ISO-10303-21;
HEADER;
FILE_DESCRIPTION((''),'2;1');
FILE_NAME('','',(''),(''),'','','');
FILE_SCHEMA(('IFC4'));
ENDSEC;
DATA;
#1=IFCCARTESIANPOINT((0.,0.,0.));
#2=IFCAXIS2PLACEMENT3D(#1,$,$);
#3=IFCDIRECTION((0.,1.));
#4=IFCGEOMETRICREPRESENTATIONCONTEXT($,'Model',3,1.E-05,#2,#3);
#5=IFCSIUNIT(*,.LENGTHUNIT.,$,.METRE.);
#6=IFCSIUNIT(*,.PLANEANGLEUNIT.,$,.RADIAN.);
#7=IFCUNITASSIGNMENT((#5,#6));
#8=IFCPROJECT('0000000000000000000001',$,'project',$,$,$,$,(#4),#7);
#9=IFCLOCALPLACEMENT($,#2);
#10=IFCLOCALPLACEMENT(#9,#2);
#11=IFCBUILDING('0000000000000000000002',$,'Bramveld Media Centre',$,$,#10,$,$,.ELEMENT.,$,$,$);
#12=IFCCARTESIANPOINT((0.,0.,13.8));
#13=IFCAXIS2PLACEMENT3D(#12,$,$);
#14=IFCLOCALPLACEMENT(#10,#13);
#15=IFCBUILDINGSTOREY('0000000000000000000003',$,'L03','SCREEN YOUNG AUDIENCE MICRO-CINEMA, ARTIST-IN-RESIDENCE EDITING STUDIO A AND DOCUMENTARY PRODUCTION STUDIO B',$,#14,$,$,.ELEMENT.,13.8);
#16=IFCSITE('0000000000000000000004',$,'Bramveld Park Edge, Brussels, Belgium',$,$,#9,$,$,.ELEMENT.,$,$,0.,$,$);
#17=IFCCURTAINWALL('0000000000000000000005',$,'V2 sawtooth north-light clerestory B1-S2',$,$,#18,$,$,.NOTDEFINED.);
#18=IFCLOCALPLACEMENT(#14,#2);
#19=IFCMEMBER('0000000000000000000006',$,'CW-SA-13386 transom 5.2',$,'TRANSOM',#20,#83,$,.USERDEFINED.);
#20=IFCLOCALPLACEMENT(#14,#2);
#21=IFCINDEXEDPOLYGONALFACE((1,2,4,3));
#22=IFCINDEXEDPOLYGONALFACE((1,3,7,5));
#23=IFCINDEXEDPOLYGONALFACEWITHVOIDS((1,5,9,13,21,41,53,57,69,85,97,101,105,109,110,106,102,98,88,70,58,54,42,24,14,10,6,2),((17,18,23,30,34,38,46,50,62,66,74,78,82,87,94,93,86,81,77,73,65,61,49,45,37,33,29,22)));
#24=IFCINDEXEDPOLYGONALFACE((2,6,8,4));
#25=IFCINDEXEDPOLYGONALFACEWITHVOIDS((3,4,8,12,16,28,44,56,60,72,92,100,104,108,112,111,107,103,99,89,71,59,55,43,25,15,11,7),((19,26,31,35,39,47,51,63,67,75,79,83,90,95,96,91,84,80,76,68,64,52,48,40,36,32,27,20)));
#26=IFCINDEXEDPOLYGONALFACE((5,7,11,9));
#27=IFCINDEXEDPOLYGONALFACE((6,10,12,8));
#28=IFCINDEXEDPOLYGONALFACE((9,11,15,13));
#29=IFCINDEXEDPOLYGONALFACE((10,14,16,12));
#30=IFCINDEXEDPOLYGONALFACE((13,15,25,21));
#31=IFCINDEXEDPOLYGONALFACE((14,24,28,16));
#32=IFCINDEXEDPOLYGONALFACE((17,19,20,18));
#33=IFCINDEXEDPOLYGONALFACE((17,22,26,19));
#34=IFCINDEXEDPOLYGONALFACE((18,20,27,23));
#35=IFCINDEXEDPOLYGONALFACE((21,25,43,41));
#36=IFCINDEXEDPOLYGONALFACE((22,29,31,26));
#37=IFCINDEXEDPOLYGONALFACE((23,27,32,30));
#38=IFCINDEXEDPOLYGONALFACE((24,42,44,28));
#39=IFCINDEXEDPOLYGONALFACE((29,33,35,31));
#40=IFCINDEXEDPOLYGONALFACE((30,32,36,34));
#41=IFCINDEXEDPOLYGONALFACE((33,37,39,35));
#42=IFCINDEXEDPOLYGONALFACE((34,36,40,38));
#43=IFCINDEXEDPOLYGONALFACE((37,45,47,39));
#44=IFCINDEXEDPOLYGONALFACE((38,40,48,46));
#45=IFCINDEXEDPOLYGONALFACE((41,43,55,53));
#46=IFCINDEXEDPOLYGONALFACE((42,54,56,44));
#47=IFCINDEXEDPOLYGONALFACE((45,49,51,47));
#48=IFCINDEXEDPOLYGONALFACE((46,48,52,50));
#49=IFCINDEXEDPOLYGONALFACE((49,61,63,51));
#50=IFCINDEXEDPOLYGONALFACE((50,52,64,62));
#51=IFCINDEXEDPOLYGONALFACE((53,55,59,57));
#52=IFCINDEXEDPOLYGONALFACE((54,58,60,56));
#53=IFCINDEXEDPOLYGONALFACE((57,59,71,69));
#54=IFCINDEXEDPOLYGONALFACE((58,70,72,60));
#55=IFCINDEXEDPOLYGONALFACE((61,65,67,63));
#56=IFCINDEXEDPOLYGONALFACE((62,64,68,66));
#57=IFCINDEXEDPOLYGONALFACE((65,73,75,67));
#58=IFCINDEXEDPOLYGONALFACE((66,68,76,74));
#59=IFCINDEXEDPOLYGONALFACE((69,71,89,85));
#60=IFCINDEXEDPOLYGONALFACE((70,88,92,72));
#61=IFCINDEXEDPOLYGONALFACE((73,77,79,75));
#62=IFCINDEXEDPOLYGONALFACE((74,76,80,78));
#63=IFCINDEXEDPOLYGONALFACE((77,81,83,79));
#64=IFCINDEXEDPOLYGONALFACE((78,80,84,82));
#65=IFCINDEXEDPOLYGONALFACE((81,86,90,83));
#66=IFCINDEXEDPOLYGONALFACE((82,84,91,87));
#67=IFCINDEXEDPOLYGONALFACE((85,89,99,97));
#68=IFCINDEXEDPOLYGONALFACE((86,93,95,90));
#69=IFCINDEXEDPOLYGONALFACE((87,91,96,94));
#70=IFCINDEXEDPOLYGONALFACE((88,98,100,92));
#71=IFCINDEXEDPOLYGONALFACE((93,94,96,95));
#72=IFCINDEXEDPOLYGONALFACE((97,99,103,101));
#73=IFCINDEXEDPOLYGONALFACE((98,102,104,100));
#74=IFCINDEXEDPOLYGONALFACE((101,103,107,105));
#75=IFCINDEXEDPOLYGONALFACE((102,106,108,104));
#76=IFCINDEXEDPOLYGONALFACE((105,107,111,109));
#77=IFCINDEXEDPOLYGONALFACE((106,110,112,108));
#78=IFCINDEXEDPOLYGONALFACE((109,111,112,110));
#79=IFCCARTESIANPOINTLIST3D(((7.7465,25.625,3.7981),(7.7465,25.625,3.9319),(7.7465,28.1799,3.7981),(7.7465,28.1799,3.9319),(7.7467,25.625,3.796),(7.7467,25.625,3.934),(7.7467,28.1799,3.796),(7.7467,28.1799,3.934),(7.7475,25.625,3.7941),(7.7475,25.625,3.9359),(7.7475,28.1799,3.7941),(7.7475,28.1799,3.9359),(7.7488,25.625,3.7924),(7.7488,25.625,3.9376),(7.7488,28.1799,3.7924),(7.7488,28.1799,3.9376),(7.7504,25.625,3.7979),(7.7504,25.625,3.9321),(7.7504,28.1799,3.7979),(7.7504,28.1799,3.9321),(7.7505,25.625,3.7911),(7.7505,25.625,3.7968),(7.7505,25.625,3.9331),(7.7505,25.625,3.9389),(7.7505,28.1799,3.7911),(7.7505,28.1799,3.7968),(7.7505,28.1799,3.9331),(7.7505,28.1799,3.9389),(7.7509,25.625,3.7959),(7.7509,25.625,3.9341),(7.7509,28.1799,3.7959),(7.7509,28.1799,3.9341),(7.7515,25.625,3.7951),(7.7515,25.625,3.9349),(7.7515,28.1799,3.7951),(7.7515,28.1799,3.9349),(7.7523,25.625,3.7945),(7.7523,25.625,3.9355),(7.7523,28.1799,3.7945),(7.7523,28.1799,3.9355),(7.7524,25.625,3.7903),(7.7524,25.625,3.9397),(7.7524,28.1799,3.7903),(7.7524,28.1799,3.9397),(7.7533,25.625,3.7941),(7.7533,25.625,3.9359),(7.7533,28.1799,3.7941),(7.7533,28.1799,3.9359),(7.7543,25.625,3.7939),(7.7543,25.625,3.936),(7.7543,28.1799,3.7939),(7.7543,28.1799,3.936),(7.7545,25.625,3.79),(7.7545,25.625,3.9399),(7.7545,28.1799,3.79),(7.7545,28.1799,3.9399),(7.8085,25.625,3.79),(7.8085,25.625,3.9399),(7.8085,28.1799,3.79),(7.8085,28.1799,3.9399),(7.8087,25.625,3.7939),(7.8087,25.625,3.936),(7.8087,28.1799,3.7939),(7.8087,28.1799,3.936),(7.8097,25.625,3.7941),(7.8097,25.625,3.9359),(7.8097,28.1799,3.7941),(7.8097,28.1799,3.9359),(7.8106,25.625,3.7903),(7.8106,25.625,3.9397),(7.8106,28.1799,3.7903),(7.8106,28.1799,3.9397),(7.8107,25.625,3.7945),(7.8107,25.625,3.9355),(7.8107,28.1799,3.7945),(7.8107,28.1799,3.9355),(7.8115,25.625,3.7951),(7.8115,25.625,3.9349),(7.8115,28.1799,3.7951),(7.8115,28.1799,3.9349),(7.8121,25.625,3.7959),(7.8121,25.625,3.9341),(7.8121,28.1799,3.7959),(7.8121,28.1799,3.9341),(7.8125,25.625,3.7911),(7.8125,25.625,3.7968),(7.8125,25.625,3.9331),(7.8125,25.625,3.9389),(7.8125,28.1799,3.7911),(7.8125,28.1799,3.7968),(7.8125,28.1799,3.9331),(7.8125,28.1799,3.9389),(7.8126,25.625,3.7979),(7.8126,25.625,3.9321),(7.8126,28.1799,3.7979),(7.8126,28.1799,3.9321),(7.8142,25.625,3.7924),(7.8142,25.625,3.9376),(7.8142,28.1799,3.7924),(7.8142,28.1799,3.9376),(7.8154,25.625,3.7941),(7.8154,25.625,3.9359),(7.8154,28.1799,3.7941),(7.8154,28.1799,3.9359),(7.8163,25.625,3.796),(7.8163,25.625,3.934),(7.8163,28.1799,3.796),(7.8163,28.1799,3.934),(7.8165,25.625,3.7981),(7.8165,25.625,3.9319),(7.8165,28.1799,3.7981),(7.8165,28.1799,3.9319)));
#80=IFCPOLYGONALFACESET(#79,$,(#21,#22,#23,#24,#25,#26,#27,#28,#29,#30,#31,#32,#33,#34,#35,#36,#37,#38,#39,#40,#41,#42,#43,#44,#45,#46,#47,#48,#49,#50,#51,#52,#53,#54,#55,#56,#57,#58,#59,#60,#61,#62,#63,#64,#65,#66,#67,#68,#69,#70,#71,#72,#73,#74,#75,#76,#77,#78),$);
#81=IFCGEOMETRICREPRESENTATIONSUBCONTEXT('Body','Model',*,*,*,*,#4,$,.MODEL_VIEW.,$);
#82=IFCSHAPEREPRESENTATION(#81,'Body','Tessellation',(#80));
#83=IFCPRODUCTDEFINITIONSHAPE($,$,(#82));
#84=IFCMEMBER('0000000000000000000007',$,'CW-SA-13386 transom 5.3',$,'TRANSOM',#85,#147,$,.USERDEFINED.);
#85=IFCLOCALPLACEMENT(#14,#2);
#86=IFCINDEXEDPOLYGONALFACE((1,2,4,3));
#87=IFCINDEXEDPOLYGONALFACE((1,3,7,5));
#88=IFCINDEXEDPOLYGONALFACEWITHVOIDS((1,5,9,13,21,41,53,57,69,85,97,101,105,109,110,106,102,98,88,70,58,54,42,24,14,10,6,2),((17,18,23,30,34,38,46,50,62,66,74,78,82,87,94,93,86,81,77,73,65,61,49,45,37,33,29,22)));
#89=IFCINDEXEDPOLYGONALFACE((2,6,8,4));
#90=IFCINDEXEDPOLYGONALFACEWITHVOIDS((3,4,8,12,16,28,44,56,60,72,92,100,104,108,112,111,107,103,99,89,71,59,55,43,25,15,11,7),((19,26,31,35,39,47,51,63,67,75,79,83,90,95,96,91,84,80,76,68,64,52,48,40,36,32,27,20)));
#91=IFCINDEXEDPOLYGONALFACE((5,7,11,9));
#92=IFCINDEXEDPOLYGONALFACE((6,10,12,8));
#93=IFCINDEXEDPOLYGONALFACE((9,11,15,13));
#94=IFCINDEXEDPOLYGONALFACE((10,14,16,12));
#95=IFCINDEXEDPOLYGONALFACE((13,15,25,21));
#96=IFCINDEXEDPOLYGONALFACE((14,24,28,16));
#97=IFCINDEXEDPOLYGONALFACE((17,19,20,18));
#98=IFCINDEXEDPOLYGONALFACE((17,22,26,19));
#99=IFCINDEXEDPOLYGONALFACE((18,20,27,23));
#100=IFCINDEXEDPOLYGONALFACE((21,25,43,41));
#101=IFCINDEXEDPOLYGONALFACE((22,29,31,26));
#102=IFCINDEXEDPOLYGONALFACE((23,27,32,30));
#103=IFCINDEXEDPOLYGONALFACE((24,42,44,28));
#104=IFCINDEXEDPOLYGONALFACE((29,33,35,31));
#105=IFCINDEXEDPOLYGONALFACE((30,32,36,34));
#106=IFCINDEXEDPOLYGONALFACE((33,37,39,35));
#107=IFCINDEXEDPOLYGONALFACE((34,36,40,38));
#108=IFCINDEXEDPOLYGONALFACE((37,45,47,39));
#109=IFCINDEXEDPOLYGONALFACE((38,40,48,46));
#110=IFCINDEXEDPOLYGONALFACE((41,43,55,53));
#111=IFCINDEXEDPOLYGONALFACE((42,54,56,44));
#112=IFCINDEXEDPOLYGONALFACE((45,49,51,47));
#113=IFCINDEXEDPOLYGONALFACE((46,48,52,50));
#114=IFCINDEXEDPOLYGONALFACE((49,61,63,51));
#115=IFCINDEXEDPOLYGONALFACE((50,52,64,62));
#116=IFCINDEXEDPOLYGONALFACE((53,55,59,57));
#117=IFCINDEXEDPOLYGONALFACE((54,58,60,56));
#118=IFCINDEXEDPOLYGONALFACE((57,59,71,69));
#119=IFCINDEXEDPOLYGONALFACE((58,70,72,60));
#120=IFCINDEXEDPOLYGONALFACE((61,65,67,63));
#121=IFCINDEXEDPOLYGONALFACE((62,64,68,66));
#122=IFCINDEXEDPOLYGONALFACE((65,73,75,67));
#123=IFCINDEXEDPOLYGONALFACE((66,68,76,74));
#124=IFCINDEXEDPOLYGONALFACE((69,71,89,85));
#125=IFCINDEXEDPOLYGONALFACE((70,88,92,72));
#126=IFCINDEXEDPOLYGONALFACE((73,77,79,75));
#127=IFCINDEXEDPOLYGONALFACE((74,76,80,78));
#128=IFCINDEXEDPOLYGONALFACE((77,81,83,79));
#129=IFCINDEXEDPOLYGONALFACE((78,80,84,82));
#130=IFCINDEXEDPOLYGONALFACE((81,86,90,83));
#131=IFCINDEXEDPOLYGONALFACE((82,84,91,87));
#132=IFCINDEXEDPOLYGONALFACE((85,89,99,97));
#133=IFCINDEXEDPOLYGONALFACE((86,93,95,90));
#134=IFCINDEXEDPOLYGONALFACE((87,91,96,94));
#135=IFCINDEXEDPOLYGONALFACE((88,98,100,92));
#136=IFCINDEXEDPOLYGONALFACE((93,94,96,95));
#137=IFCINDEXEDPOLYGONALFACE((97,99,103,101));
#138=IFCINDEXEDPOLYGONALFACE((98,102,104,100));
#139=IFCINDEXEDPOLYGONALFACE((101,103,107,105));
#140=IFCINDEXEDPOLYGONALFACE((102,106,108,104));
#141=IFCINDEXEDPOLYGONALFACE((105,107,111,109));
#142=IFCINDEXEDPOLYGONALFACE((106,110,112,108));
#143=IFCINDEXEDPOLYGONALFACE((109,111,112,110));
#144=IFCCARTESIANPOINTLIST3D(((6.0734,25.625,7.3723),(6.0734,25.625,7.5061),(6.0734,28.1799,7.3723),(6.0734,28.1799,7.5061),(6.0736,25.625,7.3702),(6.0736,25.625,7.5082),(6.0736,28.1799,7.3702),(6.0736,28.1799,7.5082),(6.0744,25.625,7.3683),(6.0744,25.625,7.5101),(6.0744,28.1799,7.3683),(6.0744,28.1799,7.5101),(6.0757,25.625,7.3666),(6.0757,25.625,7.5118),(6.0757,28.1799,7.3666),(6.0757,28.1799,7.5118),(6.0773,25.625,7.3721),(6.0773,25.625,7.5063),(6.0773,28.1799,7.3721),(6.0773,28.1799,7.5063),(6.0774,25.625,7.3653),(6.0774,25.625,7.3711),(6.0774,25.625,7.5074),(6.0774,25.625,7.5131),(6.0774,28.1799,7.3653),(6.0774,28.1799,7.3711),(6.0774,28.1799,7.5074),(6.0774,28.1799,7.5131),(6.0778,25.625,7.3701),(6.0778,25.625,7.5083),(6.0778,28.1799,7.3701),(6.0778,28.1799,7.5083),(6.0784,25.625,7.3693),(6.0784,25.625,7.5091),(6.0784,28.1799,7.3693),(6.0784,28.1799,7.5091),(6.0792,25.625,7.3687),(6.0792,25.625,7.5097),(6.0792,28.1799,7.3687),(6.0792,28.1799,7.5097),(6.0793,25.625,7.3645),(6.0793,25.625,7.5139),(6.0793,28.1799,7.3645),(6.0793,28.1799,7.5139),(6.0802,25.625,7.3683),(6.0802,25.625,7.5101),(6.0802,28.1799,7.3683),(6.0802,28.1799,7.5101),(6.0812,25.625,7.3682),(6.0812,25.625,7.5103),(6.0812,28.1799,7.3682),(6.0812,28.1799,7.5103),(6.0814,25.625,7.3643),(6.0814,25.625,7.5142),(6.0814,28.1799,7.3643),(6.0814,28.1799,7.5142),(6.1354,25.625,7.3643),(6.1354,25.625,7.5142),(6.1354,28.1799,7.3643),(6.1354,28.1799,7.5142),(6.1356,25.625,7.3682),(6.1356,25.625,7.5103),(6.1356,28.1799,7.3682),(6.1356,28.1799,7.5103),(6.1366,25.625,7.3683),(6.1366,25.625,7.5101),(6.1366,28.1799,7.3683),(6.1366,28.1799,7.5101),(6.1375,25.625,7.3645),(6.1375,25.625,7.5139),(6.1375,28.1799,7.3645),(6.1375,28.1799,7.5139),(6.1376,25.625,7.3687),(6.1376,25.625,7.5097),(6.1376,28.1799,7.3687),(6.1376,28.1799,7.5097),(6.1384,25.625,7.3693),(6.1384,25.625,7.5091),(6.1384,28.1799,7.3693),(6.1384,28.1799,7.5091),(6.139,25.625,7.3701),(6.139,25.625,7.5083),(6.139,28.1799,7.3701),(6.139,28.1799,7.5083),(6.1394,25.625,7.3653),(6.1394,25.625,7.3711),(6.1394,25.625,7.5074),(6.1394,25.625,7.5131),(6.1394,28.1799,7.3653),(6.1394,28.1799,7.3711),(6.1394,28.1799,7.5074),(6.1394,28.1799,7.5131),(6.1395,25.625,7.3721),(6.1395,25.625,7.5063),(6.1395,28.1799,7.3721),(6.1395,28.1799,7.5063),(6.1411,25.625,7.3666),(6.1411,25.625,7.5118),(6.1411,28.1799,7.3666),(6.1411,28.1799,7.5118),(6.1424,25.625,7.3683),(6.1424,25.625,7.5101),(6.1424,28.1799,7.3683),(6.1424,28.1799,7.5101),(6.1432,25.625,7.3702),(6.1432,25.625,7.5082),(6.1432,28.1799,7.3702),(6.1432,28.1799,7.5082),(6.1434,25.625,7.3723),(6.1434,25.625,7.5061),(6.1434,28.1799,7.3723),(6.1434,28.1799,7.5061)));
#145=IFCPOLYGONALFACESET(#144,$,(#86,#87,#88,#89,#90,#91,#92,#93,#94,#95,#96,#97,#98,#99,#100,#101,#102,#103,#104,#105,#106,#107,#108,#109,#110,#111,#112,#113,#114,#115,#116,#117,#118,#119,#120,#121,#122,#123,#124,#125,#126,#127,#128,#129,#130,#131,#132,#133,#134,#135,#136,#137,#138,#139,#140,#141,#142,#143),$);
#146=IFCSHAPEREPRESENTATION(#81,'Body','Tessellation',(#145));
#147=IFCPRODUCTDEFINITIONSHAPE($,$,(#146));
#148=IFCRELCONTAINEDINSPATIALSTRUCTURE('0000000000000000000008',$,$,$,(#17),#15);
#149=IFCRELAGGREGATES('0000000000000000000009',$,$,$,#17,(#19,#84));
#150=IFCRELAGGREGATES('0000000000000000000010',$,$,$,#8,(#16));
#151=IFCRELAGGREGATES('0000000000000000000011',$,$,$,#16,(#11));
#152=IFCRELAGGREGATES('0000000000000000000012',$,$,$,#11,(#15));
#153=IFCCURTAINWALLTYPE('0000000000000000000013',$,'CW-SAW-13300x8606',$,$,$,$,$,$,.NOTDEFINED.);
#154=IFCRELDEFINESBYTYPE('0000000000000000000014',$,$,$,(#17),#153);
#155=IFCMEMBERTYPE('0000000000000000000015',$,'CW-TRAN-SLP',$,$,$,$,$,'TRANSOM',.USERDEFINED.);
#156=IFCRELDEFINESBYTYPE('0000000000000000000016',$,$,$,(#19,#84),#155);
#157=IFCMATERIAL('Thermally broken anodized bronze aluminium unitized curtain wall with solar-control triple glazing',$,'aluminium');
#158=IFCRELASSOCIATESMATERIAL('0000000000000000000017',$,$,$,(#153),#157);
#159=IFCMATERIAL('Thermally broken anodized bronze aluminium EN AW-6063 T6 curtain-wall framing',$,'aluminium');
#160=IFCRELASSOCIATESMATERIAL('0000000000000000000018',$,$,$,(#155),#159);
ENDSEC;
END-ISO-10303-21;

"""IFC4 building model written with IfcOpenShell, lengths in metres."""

from ifc_helpers import new_model, si_unit, direction, frame, origin, origin_2d, place, context, subcontext, project, spatial, hollow_rectangle, extrude, material, material_profile, profile_set, type_object, element, aggregate, save


model = new_model("IFC4")

# Units and contexts
model_context = context("Model", 3, precision=1e-05, world=origin(), true_north=direction((0.0, 1.0)))
body_context = subcontext(model_context, "Body", "Model", "MODEL_VIEW")
ifc_project = project(units=[si_unit("LENGTHUNIT", "METRE"), si_unit("PLANEANGLEUNIT", "RADIAN")], contexts=[model_context])

# Site, building, storey
site_placement = place(None, origin())
site = spatial("IfcSite", under=ifc_project, at=site_placement, Name="Bramveld Park Edge, Brussels, Belgium", CompositionType="ELEMENT", RefElevation=0.0)
building_placement = place(site_placement, origin())
building = spatial("IfcBuilding", under=site, at=building_placement, Name="Bramveld Media Centre", CompositionType="ELEMENT")
storey_placement = place(building_placement, frame((0.0, 0.0, 13.8)))
storey = spatial("IfcBuildingStorey", under=building, at=storey_placement, Name="L03", Description="SCREEN YOUNG AUDIENCE MICRO-CINEMA, ARTIST-IN-RESIDENCE EDITING STUDIO A AND DOCUMENTARY PRODUCTION STUDIO B", CompositionType="ELEMENT", Elevation=13.8)

# Curtain wall, members
ifc_material_1 = material(Name="Thermally broken anodized bronze aluminium unitized curtain wall with solar-control triple glazing", Category="aluminium")
curtain_wall_type_1 = type_object("IfcCurtainWallType", Name="CW-SAW-13300x8606", PredefinedType="NOTDEFINED", material=ifc_material_1)
curtain_wall_1_placement = place(storey_placement, origin())
curtain_wall_1 = element("IfcCurtainWall", 1, at=curtain_wall_1_placement, inside=storey, type_object=curtain_wall_type_1, Name="V2 sawtooth north-light clerestory B1-S2", PredefinedType="NOTDEFINED")
ifc_material_2 = material(Name="Thermally broken anodized bronze aluminium EN AW-6063 T6 curtain-wall framing", Category="aluminium")
ifc_material_profile_1 = material_profile(ifc_material_2, hollow_rectangle(XDim=0.0701, YDim=0.1499, WallThickness=0.0039, InnerFilletRadius=0.0039, OuterFilletRadius=0.0081, at=origin_2d()), Name="AL-TRAN 70x150")
ifc_profile_set_1 = profile_set([ifc_material_profile_1], Name="Thermally broken anodized bronze aluminium EN AW-6063 T6 curtain-wall framing")
member_type_1 = type_object("IfcMemberType", Name="CW-TRAN-SLP", ElementType="TRANSOM", PredefinedType="USERDEFINED", material=ifc_profile_set_1)
member_1_placement = place(storey_placement, frame((7.7815, 25.625, 3.865), z_axis=(0.0, 1.0, 0.0), x_axis=(-1.0, 0.0, 0.0)))
member_1 = element("IfcMember", 2, at=member_1_placement, type_object=member_type_1, Name="CW-SA-13386 transom 5.2", ObjectType="TRANSOM", PredefinedType="USERDEFINED", context=body_context, shape_type="SweptSolid", body=[
    extrude(hollow_rectangle(XDim=0.0701, YDim=0.1499, WallThickness=0.0039, InnerFilletRadius=0.0039, OuterFilletRadius=0.0081, at=origin_2d()), origin(), (0.0, 0.0, 1.0), 2.5549),
])
member_2_placement = place(storey_placement, frame((6.1084, 25.625, 7.4392), z_axis=(0.0, 1.0, 0.0), x_axis=(-1.0, 0.0, 0.0)))
member_2 = element("IfcMember", 3, at=member_2_placement, type_object=member_type_1, Name="CW-SA-13386 transom 5.3", ObjectType="TRANSOM", PredefinedType="USERDEFINED", context=body_context, shape_type="SweptSolid", body=[
    extrude(hollow_rectangle(XDim=0.0701, YDim=0.1499, WallThickness=0.0039, InnerFilletRadius=0.0039, OuterFilletRadius=0.0081, at=origin_2d()), origin(), (0.0, 0.0, 1.0), 2.5549),
])

aggregate(curtain_wall_1, [member_1, member_2])

save(model, "model.ifc")
